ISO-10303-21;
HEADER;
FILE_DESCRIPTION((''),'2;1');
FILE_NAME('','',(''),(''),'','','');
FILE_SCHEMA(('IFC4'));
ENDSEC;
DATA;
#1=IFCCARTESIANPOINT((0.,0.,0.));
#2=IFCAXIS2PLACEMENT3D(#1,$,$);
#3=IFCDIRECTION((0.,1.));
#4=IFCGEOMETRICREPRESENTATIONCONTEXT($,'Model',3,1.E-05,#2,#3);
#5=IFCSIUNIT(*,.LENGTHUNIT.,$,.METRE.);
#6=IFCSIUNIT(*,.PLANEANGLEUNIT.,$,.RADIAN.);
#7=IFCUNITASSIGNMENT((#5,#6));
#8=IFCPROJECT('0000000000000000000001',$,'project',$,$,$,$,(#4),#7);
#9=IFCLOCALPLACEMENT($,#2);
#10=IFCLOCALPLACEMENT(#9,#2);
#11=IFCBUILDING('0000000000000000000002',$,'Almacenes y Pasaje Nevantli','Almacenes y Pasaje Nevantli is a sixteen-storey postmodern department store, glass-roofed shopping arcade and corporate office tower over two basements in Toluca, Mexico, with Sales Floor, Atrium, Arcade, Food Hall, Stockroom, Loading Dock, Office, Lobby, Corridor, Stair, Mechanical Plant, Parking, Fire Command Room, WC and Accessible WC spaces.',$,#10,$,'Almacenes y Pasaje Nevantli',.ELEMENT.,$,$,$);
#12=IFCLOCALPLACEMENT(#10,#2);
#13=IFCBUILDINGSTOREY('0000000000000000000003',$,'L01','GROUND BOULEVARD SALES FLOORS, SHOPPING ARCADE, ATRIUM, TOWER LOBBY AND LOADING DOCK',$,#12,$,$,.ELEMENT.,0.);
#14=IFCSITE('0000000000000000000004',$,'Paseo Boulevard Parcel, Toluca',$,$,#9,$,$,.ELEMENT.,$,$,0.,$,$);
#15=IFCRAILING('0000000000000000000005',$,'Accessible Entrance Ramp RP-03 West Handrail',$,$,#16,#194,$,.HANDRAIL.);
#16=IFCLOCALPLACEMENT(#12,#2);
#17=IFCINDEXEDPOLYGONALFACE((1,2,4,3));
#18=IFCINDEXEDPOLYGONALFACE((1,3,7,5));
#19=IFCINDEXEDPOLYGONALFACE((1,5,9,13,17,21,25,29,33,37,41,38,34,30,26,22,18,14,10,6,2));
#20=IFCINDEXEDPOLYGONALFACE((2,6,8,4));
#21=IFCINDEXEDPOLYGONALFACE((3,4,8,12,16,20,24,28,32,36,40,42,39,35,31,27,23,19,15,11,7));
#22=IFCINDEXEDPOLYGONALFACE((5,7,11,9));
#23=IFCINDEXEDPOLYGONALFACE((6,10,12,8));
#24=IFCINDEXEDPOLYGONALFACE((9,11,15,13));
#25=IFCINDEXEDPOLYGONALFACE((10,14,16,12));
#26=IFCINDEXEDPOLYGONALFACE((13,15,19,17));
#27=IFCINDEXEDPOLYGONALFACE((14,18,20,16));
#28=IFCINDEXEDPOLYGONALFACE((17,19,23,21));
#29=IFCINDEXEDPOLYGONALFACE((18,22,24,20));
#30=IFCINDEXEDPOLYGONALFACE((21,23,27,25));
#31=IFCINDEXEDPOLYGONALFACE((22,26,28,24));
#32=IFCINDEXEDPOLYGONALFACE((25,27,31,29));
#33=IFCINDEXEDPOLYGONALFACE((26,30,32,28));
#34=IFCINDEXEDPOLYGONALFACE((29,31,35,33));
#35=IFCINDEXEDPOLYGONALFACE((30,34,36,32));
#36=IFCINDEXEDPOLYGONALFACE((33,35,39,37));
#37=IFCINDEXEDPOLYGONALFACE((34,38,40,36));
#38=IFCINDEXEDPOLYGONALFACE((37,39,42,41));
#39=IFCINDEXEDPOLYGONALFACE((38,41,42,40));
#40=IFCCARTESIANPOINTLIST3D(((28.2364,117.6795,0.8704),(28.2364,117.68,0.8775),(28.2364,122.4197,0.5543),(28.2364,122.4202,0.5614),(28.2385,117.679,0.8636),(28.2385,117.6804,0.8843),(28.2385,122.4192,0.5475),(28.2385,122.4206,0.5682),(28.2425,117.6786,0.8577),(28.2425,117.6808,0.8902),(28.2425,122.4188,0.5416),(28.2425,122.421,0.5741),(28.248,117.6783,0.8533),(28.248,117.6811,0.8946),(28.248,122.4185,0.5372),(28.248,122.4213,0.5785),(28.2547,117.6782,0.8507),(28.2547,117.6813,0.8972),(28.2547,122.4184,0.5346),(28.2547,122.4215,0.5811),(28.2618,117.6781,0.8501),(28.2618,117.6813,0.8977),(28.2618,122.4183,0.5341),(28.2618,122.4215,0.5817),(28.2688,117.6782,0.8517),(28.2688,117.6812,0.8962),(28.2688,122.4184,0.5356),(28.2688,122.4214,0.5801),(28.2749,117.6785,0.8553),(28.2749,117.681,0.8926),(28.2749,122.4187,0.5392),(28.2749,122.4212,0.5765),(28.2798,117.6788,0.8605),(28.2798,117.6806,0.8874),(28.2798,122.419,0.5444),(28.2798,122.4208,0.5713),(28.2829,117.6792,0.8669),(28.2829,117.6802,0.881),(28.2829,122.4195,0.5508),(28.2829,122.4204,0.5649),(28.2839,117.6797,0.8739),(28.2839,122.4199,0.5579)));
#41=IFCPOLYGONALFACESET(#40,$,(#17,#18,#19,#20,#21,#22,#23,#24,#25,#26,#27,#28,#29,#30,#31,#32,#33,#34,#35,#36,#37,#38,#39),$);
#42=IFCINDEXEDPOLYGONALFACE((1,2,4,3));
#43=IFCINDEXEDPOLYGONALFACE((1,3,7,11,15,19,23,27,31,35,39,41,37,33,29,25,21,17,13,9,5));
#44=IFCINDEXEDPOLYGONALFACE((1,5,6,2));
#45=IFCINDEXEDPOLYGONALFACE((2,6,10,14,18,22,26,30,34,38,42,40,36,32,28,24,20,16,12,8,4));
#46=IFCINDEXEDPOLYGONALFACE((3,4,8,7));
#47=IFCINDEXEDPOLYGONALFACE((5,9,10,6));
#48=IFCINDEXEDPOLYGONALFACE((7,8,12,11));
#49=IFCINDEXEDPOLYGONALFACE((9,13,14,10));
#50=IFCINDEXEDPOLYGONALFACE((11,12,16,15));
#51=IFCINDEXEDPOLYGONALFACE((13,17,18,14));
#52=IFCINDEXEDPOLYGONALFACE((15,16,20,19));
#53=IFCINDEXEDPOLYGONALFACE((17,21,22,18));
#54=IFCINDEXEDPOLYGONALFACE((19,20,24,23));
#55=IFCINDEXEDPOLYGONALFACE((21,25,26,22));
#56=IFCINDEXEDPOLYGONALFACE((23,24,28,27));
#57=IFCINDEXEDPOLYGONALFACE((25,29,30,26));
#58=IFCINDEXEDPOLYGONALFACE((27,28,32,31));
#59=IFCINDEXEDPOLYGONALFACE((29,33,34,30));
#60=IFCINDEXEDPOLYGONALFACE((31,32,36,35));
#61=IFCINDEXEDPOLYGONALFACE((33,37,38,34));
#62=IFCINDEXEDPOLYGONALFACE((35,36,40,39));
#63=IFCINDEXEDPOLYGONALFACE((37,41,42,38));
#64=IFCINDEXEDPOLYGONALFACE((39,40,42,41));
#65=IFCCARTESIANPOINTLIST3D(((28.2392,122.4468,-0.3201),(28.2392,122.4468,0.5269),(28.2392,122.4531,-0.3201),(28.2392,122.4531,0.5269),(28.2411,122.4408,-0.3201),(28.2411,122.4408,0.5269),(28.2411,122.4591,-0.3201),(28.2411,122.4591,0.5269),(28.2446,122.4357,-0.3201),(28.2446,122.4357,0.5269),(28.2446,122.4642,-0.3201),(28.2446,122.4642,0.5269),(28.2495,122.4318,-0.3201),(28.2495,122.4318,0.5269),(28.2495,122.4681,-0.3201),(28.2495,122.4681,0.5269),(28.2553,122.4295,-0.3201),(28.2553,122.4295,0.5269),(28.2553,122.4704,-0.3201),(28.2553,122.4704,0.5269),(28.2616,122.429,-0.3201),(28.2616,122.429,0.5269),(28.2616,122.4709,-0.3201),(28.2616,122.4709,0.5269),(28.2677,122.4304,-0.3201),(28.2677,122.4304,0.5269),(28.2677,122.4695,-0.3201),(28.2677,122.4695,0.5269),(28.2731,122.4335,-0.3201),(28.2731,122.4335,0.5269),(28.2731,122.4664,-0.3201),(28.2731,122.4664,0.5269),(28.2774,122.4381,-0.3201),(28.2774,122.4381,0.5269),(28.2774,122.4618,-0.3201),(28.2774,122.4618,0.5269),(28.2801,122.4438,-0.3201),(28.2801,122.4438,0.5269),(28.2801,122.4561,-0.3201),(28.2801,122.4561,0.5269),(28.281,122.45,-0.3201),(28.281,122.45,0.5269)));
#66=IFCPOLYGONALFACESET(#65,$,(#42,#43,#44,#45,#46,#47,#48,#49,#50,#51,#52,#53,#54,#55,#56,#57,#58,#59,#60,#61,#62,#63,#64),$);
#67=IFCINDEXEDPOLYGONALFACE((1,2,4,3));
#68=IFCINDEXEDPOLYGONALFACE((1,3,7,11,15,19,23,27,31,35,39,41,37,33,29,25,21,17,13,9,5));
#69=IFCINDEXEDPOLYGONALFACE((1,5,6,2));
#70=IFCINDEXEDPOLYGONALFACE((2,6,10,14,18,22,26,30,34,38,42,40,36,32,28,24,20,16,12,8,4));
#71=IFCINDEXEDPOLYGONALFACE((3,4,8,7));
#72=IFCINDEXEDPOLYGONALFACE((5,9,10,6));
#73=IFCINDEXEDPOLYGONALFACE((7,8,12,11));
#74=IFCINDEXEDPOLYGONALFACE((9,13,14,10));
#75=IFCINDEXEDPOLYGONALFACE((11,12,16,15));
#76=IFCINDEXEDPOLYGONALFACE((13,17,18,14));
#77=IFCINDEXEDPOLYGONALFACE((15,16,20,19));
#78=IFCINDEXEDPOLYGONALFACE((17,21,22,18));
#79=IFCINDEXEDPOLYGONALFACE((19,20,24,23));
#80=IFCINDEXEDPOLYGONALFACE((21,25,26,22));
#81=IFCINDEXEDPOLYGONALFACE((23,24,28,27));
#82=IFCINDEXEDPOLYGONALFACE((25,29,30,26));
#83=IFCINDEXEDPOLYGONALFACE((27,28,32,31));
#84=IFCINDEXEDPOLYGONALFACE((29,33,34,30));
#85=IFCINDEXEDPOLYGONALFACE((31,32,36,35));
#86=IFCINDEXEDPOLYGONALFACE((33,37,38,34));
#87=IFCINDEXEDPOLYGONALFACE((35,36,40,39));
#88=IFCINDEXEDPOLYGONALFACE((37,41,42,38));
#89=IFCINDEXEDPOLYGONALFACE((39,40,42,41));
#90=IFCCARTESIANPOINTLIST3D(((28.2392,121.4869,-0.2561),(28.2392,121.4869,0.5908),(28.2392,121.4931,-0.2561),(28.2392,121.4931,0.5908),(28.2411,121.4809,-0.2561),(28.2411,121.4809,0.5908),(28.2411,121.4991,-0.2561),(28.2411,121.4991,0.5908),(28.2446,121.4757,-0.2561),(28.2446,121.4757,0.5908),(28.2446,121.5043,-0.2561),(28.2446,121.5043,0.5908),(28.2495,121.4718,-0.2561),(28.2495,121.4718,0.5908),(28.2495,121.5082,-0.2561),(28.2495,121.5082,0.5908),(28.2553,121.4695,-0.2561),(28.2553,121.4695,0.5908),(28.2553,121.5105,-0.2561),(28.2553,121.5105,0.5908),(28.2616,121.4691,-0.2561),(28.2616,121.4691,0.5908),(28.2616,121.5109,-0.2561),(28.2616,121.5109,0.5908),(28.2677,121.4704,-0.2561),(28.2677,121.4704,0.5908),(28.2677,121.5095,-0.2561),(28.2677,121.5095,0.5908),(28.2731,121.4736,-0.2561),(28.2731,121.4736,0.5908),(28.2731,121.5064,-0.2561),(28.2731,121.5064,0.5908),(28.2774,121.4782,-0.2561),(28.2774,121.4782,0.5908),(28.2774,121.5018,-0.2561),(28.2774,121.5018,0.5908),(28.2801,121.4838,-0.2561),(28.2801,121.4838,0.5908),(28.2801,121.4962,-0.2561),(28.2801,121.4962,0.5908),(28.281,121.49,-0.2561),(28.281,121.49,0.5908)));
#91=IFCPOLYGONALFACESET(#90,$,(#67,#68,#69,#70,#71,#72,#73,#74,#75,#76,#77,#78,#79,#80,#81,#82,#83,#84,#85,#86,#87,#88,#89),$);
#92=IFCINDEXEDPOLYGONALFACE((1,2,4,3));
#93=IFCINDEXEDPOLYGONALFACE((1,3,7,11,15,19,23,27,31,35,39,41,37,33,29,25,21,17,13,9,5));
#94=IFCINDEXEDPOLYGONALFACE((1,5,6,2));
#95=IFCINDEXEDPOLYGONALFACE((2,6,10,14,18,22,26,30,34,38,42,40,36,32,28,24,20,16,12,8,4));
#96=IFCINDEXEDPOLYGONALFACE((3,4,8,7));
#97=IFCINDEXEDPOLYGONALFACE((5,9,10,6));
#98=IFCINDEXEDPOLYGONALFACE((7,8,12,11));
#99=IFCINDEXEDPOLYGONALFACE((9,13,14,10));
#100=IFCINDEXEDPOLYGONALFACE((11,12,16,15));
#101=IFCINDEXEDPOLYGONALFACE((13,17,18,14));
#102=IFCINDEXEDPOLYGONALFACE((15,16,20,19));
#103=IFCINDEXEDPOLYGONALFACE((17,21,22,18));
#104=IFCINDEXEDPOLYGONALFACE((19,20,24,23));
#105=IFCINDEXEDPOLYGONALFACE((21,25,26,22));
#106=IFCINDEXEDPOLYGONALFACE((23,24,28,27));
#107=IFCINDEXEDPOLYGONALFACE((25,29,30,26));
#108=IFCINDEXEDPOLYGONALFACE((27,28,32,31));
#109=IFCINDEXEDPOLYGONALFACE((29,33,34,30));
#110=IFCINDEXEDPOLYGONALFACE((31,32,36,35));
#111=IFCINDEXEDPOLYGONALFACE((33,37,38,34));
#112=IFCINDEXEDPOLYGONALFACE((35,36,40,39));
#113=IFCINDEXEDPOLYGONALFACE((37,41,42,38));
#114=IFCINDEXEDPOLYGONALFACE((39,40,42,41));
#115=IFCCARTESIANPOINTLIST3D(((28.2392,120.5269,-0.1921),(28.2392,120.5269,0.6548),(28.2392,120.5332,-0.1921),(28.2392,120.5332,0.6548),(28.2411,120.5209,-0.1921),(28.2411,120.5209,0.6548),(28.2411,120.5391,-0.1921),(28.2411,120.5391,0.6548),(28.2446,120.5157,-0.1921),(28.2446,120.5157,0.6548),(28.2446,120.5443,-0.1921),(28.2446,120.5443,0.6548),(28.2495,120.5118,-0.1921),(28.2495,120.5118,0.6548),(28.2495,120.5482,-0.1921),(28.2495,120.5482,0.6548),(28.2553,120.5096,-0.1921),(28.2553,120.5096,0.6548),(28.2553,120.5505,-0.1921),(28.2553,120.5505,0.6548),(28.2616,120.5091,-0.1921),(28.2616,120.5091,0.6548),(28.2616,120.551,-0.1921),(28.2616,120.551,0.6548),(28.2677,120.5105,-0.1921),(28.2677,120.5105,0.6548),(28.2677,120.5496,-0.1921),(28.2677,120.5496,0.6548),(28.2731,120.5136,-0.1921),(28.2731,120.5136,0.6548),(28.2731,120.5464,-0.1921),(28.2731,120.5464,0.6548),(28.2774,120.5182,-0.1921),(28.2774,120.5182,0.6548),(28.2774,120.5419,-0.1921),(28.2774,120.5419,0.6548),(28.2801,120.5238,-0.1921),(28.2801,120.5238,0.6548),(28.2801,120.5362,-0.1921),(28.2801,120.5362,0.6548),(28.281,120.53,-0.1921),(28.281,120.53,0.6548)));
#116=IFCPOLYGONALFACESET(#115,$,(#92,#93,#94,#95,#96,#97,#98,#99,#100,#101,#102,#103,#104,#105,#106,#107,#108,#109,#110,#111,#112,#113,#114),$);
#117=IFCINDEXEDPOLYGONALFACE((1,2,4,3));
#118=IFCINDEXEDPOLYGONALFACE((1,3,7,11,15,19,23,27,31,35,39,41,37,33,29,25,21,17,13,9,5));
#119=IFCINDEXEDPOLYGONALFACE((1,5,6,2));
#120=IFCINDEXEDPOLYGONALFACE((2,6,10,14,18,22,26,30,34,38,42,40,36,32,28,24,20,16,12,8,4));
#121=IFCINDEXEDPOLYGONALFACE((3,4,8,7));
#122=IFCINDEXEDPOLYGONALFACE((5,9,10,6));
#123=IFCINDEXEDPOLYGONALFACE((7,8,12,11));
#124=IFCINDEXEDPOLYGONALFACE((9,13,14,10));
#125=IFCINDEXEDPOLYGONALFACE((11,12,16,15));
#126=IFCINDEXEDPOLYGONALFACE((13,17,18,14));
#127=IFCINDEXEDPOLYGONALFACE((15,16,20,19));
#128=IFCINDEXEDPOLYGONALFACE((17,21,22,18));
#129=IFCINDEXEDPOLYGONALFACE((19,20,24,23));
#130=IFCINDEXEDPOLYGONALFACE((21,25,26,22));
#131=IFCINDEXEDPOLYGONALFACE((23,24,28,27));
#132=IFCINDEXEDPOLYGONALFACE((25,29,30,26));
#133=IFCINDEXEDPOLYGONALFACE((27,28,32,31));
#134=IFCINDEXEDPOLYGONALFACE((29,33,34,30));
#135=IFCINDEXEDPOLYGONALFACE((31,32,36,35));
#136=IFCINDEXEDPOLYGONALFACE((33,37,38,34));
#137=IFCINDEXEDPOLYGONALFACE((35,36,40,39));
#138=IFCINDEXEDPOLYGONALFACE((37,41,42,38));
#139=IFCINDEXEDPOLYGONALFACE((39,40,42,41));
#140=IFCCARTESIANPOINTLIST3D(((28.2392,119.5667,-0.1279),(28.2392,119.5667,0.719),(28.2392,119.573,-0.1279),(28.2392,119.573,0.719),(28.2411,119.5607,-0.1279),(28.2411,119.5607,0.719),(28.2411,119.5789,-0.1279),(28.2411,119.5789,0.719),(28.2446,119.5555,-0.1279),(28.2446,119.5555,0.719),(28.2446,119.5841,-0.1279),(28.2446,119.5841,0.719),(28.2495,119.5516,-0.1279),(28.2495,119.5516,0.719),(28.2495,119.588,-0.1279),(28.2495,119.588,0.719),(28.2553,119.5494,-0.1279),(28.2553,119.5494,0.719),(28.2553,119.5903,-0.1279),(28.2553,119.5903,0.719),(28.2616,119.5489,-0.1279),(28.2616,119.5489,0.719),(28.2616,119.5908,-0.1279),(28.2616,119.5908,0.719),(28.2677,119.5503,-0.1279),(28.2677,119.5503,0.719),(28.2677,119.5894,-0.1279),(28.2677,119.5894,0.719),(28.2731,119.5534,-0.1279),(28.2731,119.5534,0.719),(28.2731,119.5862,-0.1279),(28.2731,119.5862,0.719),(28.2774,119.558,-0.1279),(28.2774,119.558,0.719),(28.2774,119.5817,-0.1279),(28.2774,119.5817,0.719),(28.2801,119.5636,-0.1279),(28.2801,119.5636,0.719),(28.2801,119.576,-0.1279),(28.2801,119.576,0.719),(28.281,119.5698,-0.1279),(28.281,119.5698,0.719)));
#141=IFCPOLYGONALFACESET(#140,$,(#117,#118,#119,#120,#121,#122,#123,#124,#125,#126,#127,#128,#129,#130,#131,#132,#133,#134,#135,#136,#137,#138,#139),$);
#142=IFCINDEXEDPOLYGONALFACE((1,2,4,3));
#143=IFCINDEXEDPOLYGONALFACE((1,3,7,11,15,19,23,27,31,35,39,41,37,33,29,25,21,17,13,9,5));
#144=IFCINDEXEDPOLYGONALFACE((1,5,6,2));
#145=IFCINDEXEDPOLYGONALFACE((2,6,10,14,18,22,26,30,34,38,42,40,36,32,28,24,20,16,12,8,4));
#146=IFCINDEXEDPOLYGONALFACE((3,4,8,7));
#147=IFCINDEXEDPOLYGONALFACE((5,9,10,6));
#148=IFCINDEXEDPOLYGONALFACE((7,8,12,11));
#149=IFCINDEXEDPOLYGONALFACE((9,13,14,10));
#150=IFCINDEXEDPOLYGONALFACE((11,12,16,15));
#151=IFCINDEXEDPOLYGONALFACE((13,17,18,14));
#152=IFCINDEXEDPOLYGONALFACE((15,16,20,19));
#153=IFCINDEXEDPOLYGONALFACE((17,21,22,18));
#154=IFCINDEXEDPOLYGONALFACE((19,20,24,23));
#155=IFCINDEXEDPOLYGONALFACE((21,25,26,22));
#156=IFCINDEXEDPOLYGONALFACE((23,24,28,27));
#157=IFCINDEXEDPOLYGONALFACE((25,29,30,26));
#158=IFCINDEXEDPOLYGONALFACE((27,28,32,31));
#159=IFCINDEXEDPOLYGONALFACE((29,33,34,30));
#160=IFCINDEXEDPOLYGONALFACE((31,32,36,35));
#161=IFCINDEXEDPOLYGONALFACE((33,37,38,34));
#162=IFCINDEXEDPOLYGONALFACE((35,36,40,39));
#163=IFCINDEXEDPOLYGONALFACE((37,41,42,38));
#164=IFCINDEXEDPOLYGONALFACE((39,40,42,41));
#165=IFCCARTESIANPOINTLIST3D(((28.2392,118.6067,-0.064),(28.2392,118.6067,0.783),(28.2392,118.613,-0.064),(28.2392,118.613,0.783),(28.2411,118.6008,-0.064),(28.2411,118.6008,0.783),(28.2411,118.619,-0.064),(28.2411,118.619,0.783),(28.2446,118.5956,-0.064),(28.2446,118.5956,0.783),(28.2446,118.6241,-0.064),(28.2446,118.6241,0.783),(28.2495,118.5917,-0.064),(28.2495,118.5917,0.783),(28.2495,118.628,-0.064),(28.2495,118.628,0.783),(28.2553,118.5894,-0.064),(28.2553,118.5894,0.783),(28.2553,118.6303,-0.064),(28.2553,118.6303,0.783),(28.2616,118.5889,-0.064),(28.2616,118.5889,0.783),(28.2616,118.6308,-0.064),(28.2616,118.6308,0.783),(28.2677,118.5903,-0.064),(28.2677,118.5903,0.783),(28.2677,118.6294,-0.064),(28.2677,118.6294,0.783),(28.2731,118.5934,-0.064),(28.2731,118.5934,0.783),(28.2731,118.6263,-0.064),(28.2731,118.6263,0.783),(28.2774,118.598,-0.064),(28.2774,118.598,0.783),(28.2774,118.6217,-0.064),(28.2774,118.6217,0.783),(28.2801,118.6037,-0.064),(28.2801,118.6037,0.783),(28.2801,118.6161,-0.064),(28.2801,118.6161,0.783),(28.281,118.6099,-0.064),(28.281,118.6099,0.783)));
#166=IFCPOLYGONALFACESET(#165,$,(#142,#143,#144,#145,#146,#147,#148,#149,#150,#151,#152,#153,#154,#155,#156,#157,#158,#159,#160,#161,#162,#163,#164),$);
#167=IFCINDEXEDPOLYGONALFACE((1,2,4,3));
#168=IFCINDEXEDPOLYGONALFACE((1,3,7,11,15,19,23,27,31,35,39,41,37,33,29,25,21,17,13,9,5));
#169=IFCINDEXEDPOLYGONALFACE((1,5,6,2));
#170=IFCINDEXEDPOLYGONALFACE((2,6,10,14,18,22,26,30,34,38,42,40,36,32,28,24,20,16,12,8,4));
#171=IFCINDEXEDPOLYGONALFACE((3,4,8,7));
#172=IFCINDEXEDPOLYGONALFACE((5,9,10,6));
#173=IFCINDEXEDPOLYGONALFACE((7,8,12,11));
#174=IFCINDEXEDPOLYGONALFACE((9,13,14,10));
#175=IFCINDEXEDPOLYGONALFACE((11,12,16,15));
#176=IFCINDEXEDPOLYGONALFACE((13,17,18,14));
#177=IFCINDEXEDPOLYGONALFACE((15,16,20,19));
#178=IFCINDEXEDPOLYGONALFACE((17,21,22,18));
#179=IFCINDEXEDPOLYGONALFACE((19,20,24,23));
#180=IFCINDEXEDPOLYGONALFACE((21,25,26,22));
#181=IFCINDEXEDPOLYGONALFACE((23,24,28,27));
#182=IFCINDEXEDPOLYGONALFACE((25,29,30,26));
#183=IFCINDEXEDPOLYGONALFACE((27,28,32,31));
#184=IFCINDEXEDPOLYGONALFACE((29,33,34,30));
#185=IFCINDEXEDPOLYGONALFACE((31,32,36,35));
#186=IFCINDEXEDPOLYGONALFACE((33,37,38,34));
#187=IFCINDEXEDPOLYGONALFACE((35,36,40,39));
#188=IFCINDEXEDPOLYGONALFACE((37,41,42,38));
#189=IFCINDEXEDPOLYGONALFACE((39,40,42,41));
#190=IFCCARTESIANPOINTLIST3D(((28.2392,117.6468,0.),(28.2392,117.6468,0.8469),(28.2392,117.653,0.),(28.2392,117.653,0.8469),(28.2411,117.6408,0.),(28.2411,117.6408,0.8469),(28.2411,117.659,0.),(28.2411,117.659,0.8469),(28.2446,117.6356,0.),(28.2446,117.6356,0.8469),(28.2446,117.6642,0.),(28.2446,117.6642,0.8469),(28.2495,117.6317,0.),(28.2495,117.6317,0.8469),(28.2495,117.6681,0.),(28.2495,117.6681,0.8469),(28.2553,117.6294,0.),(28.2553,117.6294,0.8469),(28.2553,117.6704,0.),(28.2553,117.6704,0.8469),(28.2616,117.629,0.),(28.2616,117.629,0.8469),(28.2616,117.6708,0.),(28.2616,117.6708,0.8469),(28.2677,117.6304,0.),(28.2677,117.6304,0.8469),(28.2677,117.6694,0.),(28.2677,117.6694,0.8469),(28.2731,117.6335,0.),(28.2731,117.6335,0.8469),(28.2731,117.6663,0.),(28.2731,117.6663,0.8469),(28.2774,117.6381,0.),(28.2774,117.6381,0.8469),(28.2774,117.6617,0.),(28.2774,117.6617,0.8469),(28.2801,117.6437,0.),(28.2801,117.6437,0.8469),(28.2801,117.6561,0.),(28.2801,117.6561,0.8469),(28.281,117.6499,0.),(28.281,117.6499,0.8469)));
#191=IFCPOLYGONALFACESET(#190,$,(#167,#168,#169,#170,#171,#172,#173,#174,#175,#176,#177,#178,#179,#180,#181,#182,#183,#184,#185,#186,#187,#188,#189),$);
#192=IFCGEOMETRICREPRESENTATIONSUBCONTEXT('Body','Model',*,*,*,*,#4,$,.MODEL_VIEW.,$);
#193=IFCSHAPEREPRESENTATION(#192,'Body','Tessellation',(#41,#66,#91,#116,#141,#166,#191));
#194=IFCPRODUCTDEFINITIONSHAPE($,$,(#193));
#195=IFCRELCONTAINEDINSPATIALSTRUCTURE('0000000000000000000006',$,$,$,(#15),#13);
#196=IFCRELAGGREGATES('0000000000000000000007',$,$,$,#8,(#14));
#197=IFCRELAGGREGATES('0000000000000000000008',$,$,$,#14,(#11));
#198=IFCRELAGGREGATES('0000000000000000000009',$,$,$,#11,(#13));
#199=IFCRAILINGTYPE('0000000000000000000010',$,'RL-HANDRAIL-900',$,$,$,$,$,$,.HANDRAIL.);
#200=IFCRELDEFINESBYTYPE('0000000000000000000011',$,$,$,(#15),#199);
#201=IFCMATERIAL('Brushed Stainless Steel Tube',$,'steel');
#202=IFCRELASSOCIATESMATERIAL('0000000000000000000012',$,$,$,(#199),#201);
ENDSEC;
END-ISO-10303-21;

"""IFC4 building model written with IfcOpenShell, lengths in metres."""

from ifc_helpers import new_model, si_unit, direction, frame, origin, origin_2d, place, context, subcontext, project, spatial, circle, extrude, material, type_object, element, save


model = new_model("IFC4")

# Units and contexts
model_context = context("Model", 3, precision=1e-05, world=origin(), true_north=direction((0.0, 1.0)))
body_context = subcontext(model_context, "Body", "Model", "MODEL_VIEW")
ifc_project = project(units=[si_unit("LENGTHUNIT", "METRE"), si_unit("PLANEANGLEUNIT", "RADIAN")], contexts=[model_context])

# Site, building, storey
site_placement = place(None, origin())
site = spatial("IfcSite", under=ifc_project, at=site_placement, Name="Paseo Boulevard Parcel, Toluca", CompositionType="ELEMENT", RefElevation=0.0)
building_placement = place(site_placement, origin())
building = spatial("IfcBuilding", under=site, at=building_placement, Name="Almacenes y Pasaje Nevantli", Description="Almacenes y Pasaje Nevantli is a sixteen-storey postmodern department store, glass-roofed shopping arcade and corporate office tower over two basements in Toluca, Mexico, with Sales Floor, Atrium, Arcade, Food Hall, Stockroom, Loading Dock, Office, Lobby, Corridor, Stair, Mechanical Plant, Parking, Fire Command Room, WC and Accessible WC spaces.", LongName="Almacenes y Pasaje Nevantli", CompositionType="ELEMENT")
storey_placement = place(building_placement, origin())
storey = spatial("IfcBuildingStorey", under=building, at=storey_placement, Name="L01", Description="GROUND BOULEVARD SALES FLOORS, SHOPPING ARCADE, ATRIUM, TOWER LOBBY AND LOADING DOCK", CompositionType="ELEMENT", Elevation=0.0)

# Railing
ifc_material_1 = material(Name="Brushed Stainless Steel Tube", Category="steel")
railing_type = type_object("IfcRailingType", Name="RL-HANDRAIL-900", PredefinedType="HANDRAIL", material=ifc_material_1)
for number, where, name in (
    (1, (28.26, 122.45, -0.3201), "Accessible Entrance Ramp RP-03 West Handrail"),
):
    element("IfcRailing", number, at=place(storey_placement, frame(where)), inside=storey, type_object=railing_type, Name=name, PredefinedType="HANDRAIL", context=body_context, shape_type="SweptSolid", body=[
        extrude(circle(Radius=0.0239, at=origin_2d()), frame((0.0, -0.03, 0.8779), z_axis=(0.0, -0.997784, 0.066532), x_axis=(1.0, 0.0, 0.0)), (0.0, 0.0, 1.0), 4.7507),
        extrude(circle(Radius=0.021, at=origin_2d()), origin(), (0.0, 0.0, 1.0), 0.8469),
        extrude(circle(Radius=0.021, at=origin_2d()), frame((0.0, -0.96, 0.064)), (0.0, 0.0, 1.0), 0.8469),
        extrude(circle(Radius=0.021, at=origin_2d()), frame((0.0, -1.9199, 0.1279)), (0.0, 0.0, 1.0), 0.8469),
        extrude(circle(Radius=0.021, at=origin_2d()), frame((0.0, -2.8801, 0.1921)), (0.0, 0.0, 1.0), 0.8469),
        extrude(circle(Radius=0.021, at=origin_2d()), frame((0.0, -3.8401, 0.2561)), (0.0, 0.0, 1.0), 0.8469),
        extrude(circle(Radius=0.021, at=origin_2d()), frame((0.0, -4.8, 0.3201)), (0.0, 0.0, 1.0), 0.8469),
    ])

save(model, "model.ifc")
